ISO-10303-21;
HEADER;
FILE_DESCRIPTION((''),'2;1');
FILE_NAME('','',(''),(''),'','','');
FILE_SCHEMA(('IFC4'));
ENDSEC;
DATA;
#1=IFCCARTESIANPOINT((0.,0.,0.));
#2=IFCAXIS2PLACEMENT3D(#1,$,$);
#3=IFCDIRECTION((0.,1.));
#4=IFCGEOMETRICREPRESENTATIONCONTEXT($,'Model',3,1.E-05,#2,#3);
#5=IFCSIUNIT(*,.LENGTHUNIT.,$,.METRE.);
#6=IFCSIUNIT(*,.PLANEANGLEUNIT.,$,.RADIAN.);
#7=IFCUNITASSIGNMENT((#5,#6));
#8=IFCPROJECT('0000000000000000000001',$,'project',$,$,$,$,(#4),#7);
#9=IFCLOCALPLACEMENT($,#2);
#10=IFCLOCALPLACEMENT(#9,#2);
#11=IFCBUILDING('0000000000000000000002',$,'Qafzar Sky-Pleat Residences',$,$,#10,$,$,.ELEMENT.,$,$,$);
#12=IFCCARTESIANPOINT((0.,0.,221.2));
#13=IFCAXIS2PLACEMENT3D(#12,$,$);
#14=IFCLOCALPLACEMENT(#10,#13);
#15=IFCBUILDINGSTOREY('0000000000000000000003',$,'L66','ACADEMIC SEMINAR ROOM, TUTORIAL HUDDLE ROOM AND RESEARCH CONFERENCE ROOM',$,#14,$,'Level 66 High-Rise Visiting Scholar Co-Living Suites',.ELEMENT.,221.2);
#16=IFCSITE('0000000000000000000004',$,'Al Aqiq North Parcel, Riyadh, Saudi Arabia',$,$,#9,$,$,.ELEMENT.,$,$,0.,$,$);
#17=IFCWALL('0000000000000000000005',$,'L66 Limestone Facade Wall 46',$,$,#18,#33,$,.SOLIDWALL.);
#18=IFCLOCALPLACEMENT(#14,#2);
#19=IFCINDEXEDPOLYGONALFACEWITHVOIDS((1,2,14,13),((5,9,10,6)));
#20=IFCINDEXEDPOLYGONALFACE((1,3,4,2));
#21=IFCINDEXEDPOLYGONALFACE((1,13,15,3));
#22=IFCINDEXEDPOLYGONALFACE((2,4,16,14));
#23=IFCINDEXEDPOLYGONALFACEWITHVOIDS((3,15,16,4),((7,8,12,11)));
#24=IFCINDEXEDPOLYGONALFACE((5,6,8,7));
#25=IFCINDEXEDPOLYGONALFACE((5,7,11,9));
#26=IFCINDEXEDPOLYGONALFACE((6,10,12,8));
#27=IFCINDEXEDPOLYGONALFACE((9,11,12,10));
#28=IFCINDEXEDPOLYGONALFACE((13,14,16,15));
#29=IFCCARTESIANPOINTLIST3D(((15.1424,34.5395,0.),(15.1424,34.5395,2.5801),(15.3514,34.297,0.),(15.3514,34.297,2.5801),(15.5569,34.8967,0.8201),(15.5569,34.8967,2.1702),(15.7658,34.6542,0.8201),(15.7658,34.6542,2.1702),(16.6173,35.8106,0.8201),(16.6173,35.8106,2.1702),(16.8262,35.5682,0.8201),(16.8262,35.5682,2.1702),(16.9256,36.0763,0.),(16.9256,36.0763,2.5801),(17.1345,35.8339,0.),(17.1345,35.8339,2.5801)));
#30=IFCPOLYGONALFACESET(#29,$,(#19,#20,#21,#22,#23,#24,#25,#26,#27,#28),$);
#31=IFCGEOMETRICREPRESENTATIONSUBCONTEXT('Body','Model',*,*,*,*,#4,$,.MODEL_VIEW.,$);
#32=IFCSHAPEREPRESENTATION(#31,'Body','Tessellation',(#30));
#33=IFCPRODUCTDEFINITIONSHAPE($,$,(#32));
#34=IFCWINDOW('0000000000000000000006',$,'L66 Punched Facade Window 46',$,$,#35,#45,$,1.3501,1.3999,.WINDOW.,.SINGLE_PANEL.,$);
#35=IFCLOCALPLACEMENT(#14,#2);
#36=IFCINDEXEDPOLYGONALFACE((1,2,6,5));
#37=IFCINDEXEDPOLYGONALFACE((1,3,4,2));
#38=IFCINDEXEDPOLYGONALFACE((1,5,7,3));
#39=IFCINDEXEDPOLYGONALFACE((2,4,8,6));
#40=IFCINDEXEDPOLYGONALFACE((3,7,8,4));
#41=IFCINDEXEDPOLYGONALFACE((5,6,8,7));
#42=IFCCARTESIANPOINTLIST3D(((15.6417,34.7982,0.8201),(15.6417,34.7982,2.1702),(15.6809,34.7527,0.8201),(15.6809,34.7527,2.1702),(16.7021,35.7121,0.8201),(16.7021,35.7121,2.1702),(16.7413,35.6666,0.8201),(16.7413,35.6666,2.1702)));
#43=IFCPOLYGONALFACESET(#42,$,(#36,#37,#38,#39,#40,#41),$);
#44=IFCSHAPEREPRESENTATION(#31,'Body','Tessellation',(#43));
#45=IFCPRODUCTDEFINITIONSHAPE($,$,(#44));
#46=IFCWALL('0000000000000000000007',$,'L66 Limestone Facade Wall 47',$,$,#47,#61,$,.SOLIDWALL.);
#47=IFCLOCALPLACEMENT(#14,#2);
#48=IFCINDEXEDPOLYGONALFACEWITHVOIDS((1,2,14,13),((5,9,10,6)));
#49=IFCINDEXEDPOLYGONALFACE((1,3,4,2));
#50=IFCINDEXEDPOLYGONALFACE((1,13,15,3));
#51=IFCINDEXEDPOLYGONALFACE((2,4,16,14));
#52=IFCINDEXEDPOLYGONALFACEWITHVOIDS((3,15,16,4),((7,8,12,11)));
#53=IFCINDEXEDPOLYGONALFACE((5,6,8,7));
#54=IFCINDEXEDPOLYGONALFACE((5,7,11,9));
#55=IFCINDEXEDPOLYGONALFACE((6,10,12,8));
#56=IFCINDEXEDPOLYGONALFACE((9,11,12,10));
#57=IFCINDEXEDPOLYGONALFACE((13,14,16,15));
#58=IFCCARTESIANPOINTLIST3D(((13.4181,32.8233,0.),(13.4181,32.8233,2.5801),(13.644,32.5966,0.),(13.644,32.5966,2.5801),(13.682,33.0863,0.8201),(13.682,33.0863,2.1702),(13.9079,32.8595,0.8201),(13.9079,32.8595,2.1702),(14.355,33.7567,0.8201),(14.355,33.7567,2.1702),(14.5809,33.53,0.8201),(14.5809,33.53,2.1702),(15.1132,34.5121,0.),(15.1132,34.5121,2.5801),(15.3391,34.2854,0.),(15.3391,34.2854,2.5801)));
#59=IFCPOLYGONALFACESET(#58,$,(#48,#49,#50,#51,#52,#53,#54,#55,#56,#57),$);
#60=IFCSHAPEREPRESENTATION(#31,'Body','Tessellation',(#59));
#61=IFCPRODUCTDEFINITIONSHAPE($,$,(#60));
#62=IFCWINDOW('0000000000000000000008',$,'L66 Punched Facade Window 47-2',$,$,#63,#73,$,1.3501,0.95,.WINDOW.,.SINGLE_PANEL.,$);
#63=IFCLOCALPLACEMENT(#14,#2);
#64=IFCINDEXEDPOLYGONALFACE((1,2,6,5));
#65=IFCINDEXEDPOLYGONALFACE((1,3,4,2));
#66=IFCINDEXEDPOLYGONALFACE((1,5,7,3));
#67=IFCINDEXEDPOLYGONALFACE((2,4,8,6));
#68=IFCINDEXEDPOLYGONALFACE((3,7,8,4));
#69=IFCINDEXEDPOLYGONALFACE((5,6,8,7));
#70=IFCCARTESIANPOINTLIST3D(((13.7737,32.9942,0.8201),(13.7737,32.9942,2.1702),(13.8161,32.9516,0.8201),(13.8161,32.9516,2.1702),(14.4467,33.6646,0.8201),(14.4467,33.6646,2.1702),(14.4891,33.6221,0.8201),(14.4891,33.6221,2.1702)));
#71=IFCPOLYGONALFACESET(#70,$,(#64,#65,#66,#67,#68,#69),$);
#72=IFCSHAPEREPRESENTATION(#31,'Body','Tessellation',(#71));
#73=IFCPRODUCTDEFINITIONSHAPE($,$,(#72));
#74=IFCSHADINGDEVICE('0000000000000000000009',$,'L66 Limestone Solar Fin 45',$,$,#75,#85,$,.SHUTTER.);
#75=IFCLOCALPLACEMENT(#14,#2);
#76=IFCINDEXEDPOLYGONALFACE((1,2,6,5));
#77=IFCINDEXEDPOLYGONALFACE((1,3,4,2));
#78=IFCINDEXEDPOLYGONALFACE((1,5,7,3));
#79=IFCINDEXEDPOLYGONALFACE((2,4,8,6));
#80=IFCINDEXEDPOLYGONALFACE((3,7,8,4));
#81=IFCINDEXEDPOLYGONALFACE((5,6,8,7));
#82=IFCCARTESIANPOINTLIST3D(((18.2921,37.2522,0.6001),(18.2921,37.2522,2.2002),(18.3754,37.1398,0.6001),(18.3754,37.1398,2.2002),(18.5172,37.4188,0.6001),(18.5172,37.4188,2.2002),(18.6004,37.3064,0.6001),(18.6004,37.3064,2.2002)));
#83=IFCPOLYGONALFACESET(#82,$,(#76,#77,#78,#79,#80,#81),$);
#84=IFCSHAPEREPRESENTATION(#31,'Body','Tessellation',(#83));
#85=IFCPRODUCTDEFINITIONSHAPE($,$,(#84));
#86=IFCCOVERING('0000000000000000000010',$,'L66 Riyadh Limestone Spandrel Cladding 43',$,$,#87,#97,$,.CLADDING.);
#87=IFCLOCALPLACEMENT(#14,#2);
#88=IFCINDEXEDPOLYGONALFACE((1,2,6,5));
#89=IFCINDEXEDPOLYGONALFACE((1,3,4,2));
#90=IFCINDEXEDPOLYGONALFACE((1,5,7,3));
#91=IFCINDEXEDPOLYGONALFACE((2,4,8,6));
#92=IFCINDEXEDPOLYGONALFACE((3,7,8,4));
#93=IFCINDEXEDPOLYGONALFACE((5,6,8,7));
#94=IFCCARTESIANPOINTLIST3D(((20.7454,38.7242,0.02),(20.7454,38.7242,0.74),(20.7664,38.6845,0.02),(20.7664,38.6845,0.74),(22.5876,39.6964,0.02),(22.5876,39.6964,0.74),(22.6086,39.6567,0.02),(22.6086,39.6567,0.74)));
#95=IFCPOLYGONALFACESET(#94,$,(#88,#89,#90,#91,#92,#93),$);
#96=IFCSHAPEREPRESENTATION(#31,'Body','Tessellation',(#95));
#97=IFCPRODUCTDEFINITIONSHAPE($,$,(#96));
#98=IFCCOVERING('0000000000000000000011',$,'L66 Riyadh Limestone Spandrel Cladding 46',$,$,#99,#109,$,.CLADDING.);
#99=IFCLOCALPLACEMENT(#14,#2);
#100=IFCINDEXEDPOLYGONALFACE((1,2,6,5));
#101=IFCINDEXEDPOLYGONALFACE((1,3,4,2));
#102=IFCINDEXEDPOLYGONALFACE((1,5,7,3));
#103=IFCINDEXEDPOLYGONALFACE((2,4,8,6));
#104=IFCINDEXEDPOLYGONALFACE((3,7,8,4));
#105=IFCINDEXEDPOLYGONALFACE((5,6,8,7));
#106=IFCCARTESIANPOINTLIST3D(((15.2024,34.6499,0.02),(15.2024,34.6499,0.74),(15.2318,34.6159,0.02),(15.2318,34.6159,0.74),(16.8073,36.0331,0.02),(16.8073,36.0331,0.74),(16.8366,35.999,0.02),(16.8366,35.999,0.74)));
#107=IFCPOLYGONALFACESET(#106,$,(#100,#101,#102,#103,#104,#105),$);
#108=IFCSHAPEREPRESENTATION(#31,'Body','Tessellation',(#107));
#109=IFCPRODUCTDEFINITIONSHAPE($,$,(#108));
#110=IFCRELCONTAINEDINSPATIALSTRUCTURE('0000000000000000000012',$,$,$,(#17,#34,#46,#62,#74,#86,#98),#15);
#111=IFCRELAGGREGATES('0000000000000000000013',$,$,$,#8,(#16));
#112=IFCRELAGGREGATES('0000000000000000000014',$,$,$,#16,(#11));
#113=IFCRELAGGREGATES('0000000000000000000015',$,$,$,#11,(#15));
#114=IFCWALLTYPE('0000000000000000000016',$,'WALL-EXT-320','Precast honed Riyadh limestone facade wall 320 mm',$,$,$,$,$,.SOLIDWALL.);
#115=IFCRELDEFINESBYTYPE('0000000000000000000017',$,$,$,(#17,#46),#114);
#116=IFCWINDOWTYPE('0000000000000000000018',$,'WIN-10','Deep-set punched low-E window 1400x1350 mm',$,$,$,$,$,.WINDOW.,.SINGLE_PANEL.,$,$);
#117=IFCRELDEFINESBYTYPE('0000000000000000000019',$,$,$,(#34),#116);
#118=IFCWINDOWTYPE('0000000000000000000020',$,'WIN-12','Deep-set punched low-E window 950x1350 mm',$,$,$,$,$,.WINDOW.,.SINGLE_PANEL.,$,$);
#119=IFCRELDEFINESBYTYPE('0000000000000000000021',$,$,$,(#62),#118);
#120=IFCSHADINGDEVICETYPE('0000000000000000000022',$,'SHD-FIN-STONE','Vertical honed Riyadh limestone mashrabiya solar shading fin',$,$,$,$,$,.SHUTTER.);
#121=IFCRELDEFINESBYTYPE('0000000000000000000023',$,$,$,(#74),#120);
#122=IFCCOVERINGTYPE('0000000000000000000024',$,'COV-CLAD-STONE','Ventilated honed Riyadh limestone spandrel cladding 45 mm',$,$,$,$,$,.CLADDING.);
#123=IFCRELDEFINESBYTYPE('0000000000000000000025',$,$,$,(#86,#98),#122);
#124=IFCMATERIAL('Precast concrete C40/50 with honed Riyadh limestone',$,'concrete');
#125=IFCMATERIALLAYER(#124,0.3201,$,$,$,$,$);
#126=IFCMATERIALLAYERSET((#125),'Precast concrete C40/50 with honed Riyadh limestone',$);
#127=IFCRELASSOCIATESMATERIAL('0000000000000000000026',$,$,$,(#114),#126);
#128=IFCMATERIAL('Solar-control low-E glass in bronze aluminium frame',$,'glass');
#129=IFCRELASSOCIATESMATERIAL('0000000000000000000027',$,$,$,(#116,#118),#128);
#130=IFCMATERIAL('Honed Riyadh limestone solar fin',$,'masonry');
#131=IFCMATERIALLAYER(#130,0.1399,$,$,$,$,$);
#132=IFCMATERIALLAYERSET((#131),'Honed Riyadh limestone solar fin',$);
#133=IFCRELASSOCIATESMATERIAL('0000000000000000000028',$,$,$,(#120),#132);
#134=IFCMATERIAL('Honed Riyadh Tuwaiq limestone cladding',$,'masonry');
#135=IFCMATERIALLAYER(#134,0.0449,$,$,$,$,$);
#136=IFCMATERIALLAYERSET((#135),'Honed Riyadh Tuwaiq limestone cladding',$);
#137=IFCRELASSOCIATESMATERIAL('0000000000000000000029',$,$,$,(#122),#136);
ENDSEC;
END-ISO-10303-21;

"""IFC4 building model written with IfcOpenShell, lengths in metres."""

from ifc_helpers import new_model, si_unit, direction, frame, frame_2d, origin, origin_2d, place, context, subcontext, project, spatial, rectangle, extrude, source, transform, mapped, material, layer, layer_set, type_object, element, fill, save


model = new_model("IFC4")

# Units and contexts
model_context = context("Model", 3, precision=1e-05, world=origin(), true_north=direction((0.0, 1.0)))
body_context = subcontext(model_context, "Body", "Model", "MODEL_VIEW")
ifc_project = project(units=[si_unit("LENGTHUNIT", "METRE"), si_unit("PLANEANGLEUNIT", "RADIAN")], contexts=[model_context])

# Site, building, storey
site_placement = place(None, origin())
site = spatial("IfcSite", under=ifc_project, at=site_placement, Name="Al Aqiq North Parcel, Riyadh, Saudi Arabia", CompositionType="ELEMENT", RefElevation=0.0)
building_placement = place(site_placement, origin())
building = spatial("IfcBuilding", under=site, at=building_placement, Name="Qafzar Sky-Pleat Residences", CompositionType="ELEMENT")
storey_placement = place(building_placement, frame((0.0, 0.0, 221.2)))
storey = spatial("IfcBuildingStorey", under=building, at=storey_placement, Name="L66", Description="ACADEMIC SEMINAR ROOM, TUTORIAL HUDDLE ROOM AND RESEARCH CONFERENCE ROOM", LongName="Level 66 High-Rise Visiting Scholar Co-Living Suites", CompositionType="ELEMENT", Elevation=221.2)

# Walls, openings, windows
ifc_material_1 = material(Name="Precast concrete C40/50 with honed Riyadh limestone", Category="concrete")
ifc_layer_1 = layer(ifc_material_1, 0.3201)
ifc_layer_set_1 = layer_set([ifc_layer_1], Name="Precast concrete C40/50 with honed Riyadh limestone")
wall_type_1 = type_object("IfcWallType", Name="WALL-EXT-320", Description="Precast honed Riyadh limestone facade wall 320 mm", PredefinedType="SOLIDWALL", material=ifc_layer_set_1)
ifc_material_2 = material(Name="Solar-control low-E glass in bronze aluminium frame", Category="glass")
wall_1_placement = place(storey_placement, frame((17.03, 35.9551, 0.0), z_axis=(0.0, 0.0, 1.0), x_axis=(-0.75749, -0.652847, 0.0)))
wall_1 = element("IfcWall", 1, at=wall_1_placement, inside=storey, type_object=wall_type_1, Name="L66 Limestone Facade Wall 46", PredefinedType="SOLIDWALL", context=body_context, shape_type="SweptSolid", body=[
    extrude(rectangle(XDim=2.354, YDim=0.3201, at=frame_2d((1.177, 0.0))), origin(), (0.0, 0.0, 1.0), 2.5801),
])
opening_1_placement = place(wall_1_placement, frame((0.407, 0.0, 0.8201)))
opening_1 = element("IfcOpeningElement", 2, at=opening_1_placement, cuts=wall_1, PredefinedType="OPENING", context=body_context, shape_type="SweptSolid", body=[
    extrude(rectangle(XDim=1.3999, YDim=1.3501, at=frame_2d((0.7, 0.675))), frame((0.0, 0.1699, 0.0), z_axis=(0.0, -1.0, 0.0), x_axis=(1.0, 0.0, 0.0)), (0.0, 0.0, 1.0), 0.3401),
])
window_type_1 = type_object("IfcWindowType", Name="WIN-10", Description="Deep-set punched low-E window 1400x1350 mm", PartitioningType="SINGLE_PANEL", PredefinedType="WINDOW", material=ifc_material_2)
shared_shape_1 = source(origin(), body_context, "Body", "SweptSolid", [
    extrude(rectangle(XDim=1.3999, YDim=1.3501, at=frame_2d((0.7, 0.675))), frame((0.0, 0.03, 0.0), z_axis=(0.0, -1.0, 0.0), x_axis=(1.0, 0.0, 0.0)), (0.0, 0.0, 1.0), 0.0601),
])
window_1_placement = place(opening_1_placement, origin())
window_1 = element("IfcWindow", 3, at=window_1_placement, inside=storey, type_object=window_type_1, Name="L66 Punched Facade Window 46", OverallHeight=1.3501, OverallWidth=1.3999, PartitioningType="SINGLE_PANEL", PredefinedType="WINDOW", context=body_context, shape_type="MappedRepresentation", body=[
    mapped(shared_shape_1, transform((0.0, 0.0, 0.0), x_axis=(1.0, 0.0, 0.0), y_axis=(0.0, 1.0, 0.0), z_axis=(0.0, 0.0, 1.0), scale=1.0)),
])
fill(opening_1, window_1)
wall_2_placement = place(storey_placement, frame((15.2261, 34.3987, 0.0), z_axis=(0.0, 0.0, 1.0), x_axis=(-0.708432, -0.705779, 0.0)))
wall_2 = element("IfcWall", 4, at=wall_2_placement, inside=storey, type_object=wall_type_1, Name="L66 Limestone Facade Wall 47", PredefinedType="SOLIDWALL", context=body_context, shape_type="SweptSolid", body=[
    extrude(rectangle(XDim=2.3928, YDim=0.3201, at=frame_2d((1.1963, 0.0))), origin(), (0.0, 0.0, 1.0), 2.5801),
])
opening_2_placement = place(wall_2_placement, frame((1.0701, 0.0, 0.8201)))
opening_2 = element("IfcOpeningElement", 5, at=opening_2_placement, cuts=wall_2, PredefinedType="OPENING", context=body_context, shape_type="SweptSolid", body=[
    extrude(rectangle(XDim=0.95, YDim=1.3501, at=frame_2d((0.4751, 0.675))), frame((0.0, 0.1699, 0.0), z_axis=(0.0, -1.0, 0.0), x_axis=(1.0, 0.0, 0.0)), (0.0, 0.0, 1.0), 0.3401),
])
window_type_2 = type_object("IfcWindowType", Name="WIN-12", Description="Deep-set punched low-E window 950x1350 mm", PartitioningType="SINGLE_PANEL", PredefinedType="WINDOW", material=ifc_material_2)
shared_shape_2 = source(origin(), body_context, "Body", "SweptSolid", [
    extrude(rectangle(XDim=0.95, YDim=1.3501, at=frame_2d((0.4751, 0.675))), frame((0.0, 0.03, 0.0), z_axis=(0.0, -1.0, 0.0), x_axis=(1.0, 0.0, 0.0)), (0.0, 0.0, 1.0), 0.0601),
])
window_2_placement = place(opening_2_placement, origin())
window_2 = element("IfcWindow", 6, at=window_2_placement, inside=storey, type_object=window_type_2, Name="L66 Punched Facade Window 47-2", OverallHeight=1.3501, OverallWidth=0.95, PartitioningType="SINGLE_PANEL", PredefinedType="WINDOW", context=body_context, shape_type="MappedRepresentation", body=[
    mapped(shared_shape_2, transform((0.0, 0.0, 0.0), x_axis=(1.0, 0.0, 0.0), y_axis=(0.0, 1.0, 0.0), z_axis=(0.0, 0.0, 1.0), scale=1.0)),
])
fill(opening_2, window_2)

# Shading device
ifc_material_3 = material(Name="Honed Riyadh limestone solar fin", Category="masonry")
ifc_layer_2 = layer(ifc_material_3, 0.1399)
ifc_layer_set_2 = layer_set([ifc_layer_2], Name="Honed Riyadh limestone solar fin")
shading_device_type = type_object("IfcShadingDeviceType", Name="SHD-FIN-STONE", Description="Vertical honed Riyadh limestone mashrabiya solar shading fin", PredefinedType="SHUTTER", material=ifc_layer_set_2)
shared_shape_3 = source(origin(), body_context, "Body", "SweptSolid", [
    extrude(rectangle(XDim=0.1399, YDim=0.28, at=origin_2d()), origin(), (0.0, 0.0, 1.0), 1.6001),
])
shading_device_placement = place(storey_placement, frame((18.4463, 37.2793, 0.6001), z_axis=(0.0, 0.0, 1.0), x_axis=(-0.594883, 0.803813, 0.0)))
element("IfcShadingDevice", 7, at=shading_device_placement, inside=storey, type_object=shading_device_type, Name="L66 Limestone Solar Fin 45", PredefinedType="SHUTTER", context=body_context, shape_type="MappedRepresentation", body=[
    mapped(shared_shape_3, transform((0.0, 0.0, 0.0), x_axis=(1.0, 0.0, 0.0), y_axis=(0.0, 1.0, 0.0), z_axis=(0.0, 0.0, 1.0), scale=1.0)),
])

# Coverings
ifc_material_4 = material(Name="Honed Riyadh Tuwaiq limestone cladding", Category="masonry")
ifc_layer_3 = layer(ifc_material_4, 0.0449)
ifc_layer_set_3 = layer_set([ifc_layer_3], Name="Honed Riyadh Tuwaiq limestone cladding")
covering_type = type_object("IfcCoveringType", Name="COV-CLAD-STONE", Description="Ventilated honed Riyadh limestone spandrel cladding 45 mm", PredefinedType="CLADDING", material=ifc_layer_set_3)
shared_shape_4 = source(origin(), body_context, "Body", "SweptSolid", [
    extrude(rectangle(XDim=2.083, YDim=0.0449, at=origin_2d()), origin(), (0.0, 0.0, 1.0), 0.72),
])
covering_1_placement = place(storey_placement, frame((21.677, 39.1904, 0.02), z_axis=(0.0, 0.0, 1.0), x_axis=(-0.884396, -0.466738, 0.0)))
element("IfcCovering", 8, at=covering_1_placement, inside=storey, type_object=covering_type, Name="L66 Riyadh Limestone Spandrel Cladding 43", PredefinedType="CLADDING", context=body_context, shape_type="MappedRepresentation", body=[
    mapped(shared_shape_4, transform((0.0, 0.0, 0.0), x_axis=(1.0, 0.0, 0.0), y_axis=(0.0, 1.0, 0.0), z_axis=(0.0, 0.0, 1.0), scale=1.0)),
])
shared_shape_5 = source(origin(), body_context, "Body", "SweptSolid", [
    extrude(rectangle(XDim=2.1187, YDim=0.0449, at=origin_2d()), origin(), (0.0, 0.0, 1.0), 0.72),
])
covering_2_placement = place(storey_placement, frame((16.0195, 35.3245, 0.02), z_axis=(0.0, 0.0, 1.0), x_axis=(-0.757485, -0.652853, 0.0)))
element("IfcCovering", 9, at=covering_2_placement, inside=storey, type_object=covering_type, Name="L66 Riyadh Limestone Spandrel Cladding 46", PredefinedType="CLADDING", context=body_context, shape_type="MappedRepresentation", body=[
    mapped(shared_shape_5, transform((0.0, 0.0, 0.0), x_axis=(1.0, 0.0, 0.0), y_axis=(0.0, 1.0, 0.0), z_axis=(0.0, 0.0, 1.0), scale=1.0)),
])

save(model, "model.ifc")
